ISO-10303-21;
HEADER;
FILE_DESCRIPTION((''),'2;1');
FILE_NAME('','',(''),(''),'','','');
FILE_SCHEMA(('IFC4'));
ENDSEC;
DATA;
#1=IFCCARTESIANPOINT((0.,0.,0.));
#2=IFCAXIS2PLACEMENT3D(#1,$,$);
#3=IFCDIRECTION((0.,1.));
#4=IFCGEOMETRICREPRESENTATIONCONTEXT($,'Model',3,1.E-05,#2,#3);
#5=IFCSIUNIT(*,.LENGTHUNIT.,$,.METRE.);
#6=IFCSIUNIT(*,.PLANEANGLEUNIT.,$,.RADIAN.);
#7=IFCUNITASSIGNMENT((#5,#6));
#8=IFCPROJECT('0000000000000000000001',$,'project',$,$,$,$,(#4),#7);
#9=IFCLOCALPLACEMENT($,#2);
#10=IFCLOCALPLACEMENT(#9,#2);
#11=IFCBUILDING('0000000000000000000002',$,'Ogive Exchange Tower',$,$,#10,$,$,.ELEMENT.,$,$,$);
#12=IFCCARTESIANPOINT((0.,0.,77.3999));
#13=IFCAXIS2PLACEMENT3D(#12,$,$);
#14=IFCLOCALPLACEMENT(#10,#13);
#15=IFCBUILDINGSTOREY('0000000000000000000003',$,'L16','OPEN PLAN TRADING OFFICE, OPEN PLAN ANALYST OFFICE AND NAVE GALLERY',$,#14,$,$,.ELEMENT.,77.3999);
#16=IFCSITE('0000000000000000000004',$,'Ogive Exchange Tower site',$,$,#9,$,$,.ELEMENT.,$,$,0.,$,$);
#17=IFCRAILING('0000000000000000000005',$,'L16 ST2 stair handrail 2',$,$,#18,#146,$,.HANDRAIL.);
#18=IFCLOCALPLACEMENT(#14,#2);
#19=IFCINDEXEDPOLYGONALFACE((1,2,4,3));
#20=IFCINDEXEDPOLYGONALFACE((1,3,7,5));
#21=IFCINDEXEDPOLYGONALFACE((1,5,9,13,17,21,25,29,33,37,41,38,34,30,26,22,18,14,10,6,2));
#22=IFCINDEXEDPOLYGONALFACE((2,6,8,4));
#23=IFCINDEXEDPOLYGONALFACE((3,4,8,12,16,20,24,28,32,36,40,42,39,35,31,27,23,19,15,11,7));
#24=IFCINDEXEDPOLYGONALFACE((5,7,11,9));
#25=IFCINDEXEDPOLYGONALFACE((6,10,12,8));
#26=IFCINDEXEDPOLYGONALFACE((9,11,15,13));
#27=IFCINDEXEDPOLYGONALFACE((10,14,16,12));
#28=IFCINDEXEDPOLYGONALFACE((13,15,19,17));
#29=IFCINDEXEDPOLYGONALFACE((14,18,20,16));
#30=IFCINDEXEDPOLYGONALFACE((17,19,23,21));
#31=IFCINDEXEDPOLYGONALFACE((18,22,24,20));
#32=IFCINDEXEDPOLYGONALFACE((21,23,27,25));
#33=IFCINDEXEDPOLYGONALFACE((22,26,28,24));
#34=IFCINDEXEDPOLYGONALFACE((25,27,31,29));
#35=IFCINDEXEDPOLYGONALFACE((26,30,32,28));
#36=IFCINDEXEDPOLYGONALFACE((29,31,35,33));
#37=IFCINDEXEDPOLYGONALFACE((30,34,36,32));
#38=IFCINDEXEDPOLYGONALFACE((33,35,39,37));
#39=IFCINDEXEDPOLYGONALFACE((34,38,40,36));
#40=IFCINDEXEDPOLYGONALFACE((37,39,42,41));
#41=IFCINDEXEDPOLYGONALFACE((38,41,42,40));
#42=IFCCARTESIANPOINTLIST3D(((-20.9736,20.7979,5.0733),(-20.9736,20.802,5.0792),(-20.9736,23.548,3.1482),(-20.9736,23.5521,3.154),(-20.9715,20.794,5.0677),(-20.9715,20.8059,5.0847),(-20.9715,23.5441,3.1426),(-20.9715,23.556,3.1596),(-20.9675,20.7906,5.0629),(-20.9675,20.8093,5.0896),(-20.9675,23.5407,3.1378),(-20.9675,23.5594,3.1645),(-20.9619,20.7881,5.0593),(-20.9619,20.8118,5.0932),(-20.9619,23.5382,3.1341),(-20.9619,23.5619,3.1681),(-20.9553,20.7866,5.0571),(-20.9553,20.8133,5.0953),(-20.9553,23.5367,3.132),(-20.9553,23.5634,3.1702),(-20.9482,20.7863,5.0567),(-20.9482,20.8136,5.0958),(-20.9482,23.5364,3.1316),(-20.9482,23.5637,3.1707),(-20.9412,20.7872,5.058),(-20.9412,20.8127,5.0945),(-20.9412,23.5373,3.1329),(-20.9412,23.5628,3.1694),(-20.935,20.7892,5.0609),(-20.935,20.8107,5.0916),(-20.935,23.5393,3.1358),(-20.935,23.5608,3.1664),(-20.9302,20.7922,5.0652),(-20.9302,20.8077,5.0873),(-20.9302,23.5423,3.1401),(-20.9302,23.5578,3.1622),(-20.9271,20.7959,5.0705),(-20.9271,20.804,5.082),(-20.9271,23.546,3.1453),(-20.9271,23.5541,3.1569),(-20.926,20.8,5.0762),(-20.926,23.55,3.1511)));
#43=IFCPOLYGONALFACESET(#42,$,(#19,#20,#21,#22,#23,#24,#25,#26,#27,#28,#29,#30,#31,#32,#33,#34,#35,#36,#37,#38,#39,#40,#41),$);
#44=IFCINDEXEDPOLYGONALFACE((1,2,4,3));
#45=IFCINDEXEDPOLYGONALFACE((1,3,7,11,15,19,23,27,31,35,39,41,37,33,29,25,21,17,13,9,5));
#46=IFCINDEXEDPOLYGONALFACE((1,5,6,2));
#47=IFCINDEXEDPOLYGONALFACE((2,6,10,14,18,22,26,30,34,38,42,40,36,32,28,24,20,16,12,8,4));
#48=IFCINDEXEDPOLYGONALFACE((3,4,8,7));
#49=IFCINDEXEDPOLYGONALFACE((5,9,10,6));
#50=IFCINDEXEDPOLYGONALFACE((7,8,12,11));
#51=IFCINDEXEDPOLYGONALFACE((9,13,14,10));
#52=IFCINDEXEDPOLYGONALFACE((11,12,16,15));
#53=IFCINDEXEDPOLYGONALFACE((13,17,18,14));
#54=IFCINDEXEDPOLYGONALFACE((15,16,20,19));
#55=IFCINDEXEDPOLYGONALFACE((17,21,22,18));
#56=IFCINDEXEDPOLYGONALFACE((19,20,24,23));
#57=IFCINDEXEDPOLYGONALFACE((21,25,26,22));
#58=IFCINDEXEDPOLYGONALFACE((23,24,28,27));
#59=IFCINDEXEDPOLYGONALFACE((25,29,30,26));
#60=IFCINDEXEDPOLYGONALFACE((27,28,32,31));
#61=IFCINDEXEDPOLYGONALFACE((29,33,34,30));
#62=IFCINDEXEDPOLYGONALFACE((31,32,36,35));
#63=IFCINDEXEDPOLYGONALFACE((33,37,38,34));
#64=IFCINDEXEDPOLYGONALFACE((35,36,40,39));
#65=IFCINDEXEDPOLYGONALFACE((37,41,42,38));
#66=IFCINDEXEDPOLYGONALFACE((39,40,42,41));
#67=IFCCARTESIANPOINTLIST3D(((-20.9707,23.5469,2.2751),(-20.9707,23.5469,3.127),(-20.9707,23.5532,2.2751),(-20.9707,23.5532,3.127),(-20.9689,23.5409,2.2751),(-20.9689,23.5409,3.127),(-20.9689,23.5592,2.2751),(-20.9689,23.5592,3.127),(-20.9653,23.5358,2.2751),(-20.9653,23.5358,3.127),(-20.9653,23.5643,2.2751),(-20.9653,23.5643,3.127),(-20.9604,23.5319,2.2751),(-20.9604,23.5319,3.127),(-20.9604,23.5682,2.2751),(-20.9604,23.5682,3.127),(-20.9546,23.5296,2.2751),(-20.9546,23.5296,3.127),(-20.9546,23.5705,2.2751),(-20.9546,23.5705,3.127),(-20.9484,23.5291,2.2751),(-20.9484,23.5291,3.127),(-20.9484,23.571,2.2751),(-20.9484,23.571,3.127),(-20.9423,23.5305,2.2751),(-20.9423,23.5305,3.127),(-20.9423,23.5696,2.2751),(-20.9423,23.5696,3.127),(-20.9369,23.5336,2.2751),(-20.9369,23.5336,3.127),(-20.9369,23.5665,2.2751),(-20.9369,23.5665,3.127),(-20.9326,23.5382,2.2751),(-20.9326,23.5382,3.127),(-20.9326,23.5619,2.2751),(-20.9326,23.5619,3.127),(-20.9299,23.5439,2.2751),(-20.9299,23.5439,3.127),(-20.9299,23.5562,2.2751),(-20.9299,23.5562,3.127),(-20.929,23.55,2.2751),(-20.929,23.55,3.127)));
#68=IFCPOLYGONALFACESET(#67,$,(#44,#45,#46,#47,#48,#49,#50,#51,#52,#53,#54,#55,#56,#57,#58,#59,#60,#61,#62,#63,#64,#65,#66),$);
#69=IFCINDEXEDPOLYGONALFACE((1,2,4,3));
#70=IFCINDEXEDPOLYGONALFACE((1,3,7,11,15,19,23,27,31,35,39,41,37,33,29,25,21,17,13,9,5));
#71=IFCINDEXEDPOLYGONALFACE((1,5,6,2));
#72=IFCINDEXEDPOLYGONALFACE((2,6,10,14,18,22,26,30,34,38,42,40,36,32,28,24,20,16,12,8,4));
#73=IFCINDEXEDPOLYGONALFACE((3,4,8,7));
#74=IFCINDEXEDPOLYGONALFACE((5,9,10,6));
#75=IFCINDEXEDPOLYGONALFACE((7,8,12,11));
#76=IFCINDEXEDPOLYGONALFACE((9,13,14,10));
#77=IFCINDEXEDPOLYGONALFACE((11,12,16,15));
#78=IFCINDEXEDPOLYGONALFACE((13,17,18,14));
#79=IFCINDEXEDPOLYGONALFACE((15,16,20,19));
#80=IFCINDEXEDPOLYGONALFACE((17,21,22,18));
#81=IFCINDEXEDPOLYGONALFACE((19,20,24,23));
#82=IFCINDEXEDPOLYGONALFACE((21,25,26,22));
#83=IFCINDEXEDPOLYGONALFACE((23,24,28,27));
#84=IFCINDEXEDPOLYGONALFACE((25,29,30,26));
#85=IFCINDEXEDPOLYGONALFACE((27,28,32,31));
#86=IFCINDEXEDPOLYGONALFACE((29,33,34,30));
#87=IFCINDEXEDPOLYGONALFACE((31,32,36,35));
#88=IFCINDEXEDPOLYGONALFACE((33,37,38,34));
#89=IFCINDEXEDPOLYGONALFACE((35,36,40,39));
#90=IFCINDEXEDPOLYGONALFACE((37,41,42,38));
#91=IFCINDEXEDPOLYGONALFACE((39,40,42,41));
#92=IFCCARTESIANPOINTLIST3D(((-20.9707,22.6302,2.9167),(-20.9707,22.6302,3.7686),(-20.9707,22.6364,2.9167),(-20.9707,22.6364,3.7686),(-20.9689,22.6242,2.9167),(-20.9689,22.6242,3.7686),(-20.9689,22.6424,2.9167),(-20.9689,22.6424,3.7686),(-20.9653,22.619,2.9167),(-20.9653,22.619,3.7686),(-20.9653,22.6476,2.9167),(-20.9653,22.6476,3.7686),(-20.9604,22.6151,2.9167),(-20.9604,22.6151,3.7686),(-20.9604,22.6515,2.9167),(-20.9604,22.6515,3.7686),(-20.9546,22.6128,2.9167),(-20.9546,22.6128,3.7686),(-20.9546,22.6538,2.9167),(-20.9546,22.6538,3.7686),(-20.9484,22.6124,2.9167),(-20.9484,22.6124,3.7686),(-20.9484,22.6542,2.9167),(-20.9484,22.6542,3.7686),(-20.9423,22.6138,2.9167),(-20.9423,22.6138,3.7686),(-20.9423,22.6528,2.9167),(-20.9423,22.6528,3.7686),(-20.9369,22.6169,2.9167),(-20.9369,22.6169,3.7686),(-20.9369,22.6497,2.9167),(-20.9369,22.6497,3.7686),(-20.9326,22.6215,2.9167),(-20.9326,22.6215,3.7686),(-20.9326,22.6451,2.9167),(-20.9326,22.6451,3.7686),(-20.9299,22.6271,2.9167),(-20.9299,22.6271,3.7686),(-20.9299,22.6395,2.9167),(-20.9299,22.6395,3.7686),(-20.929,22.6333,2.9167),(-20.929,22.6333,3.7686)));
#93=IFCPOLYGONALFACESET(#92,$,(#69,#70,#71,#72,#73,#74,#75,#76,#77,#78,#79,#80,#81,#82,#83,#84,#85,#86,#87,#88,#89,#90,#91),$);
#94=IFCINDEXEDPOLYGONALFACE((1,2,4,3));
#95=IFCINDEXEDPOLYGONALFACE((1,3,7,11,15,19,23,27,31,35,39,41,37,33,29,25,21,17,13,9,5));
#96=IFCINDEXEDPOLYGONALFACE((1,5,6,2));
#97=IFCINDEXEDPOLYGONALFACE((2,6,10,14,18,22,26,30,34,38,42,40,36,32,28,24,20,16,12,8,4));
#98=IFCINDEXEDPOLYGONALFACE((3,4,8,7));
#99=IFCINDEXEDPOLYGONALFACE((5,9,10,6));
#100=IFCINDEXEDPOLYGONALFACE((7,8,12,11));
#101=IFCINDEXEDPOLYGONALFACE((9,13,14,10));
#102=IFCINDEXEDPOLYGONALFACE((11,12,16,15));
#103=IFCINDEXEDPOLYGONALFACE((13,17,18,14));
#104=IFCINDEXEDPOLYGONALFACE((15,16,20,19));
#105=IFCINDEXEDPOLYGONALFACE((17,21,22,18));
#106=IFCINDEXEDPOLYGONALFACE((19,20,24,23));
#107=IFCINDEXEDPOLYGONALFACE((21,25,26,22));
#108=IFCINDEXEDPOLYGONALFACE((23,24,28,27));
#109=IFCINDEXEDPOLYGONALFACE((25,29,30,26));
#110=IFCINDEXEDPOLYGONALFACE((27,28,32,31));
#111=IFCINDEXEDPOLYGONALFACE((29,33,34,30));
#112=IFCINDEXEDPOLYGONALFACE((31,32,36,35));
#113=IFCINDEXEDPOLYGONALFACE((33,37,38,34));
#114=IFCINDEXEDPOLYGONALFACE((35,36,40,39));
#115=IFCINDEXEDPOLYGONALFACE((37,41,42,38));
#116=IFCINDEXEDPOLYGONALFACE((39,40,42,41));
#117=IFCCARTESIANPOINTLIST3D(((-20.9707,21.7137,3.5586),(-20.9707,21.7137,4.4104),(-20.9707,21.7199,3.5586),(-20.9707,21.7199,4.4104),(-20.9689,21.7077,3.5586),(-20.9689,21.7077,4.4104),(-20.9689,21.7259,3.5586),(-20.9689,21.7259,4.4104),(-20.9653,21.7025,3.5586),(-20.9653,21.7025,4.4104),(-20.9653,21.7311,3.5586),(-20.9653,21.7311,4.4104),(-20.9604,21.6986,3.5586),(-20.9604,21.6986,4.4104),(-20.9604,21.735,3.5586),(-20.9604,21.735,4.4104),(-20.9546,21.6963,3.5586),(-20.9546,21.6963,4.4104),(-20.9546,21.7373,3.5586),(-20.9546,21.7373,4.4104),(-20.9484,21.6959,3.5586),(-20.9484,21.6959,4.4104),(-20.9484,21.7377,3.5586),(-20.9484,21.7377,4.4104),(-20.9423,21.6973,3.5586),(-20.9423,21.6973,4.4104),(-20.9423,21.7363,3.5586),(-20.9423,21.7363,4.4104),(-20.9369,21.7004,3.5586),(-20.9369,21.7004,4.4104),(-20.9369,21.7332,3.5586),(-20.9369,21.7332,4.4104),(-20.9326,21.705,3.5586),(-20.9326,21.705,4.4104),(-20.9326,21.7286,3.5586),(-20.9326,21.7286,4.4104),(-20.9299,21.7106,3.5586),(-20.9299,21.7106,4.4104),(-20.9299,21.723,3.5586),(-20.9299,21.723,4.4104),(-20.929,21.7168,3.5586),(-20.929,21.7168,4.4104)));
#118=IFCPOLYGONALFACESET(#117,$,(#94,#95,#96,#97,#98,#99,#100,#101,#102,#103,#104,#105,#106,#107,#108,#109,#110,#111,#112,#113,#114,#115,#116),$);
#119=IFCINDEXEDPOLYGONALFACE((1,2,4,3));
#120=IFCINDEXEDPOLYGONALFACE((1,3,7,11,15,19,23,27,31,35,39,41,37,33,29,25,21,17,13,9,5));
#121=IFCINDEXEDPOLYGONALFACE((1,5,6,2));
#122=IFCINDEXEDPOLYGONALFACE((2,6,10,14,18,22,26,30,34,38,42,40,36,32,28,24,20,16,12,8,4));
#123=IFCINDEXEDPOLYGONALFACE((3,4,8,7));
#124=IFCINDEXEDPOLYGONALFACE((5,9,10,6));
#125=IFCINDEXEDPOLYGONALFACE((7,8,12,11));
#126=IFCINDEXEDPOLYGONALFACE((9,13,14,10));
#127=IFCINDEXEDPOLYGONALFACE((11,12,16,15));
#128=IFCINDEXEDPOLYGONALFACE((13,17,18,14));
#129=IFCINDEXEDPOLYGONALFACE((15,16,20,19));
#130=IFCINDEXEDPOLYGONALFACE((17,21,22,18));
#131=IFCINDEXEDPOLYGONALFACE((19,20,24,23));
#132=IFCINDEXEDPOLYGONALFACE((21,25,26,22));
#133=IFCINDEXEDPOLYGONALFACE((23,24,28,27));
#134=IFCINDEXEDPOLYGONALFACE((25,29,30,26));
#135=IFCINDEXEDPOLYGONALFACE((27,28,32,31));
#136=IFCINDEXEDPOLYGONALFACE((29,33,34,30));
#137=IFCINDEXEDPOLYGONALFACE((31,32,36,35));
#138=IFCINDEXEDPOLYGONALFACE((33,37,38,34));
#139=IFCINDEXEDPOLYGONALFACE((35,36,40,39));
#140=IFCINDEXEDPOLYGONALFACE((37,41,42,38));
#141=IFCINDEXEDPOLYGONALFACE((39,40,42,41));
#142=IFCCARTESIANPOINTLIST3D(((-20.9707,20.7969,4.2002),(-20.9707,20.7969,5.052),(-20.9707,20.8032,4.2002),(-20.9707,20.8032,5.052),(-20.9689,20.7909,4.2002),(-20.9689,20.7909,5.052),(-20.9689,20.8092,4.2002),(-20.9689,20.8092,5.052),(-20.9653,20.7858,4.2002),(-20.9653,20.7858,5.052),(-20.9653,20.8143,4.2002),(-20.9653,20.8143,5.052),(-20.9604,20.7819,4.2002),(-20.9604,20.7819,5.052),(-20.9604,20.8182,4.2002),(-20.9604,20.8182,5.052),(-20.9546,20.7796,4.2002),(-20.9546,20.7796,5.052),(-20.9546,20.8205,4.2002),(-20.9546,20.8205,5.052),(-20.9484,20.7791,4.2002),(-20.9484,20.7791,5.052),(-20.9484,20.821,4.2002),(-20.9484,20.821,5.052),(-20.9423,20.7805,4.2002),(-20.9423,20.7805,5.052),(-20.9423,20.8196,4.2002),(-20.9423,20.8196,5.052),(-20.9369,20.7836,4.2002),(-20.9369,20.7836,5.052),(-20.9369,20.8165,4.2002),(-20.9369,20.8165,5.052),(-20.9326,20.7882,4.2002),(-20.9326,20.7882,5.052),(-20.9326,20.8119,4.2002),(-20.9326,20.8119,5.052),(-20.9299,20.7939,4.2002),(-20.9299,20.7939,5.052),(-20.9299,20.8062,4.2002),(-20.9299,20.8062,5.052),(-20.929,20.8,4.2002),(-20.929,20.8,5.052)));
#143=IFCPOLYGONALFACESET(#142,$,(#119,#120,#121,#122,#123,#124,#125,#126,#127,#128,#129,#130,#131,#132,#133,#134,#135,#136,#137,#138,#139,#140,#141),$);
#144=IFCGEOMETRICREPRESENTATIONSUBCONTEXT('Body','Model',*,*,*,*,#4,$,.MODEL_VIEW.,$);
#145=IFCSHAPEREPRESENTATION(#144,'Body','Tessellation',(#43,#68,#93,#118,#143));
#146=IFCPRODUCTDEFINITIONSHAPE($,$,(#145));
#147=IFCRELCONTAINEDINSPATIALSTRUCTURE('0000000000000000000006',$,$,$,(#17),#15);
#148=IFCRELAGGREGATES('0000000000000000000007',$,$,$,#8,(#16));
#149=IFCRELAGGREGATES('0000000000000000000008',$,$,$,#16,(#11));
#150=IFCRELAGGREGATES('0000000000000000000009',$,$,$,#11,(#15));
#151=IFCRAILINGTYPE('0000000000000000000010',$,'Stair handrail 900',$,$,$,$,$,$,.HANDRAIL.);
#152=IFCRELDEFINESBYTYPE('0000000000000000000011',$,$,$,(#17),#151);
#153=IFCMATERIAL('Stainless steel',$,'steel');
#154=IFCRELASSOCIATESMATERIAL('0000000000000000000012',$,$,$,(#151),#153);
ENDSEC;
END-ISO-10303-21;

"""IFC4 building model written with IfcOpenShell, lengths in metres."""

from ifc_helpers import new_model, si_unit, direction, frame, origin, origin_2d, place, context, subcontext, project, spatial, circle, extrude, material, type_object, element, save


model = new_model("IFC4")

# Units and contexts
model_context = context("Model", 3, precision=1e-05, world=origin(), true_north=direction((0.0, 1.0)))
body_context = subcontext(model_context, "Body", "Model", "MODEL_VIEW")
ifc_project = project(units=[si_unit("LENGTHUNIT", "METRE"), si_unit("PLANEANGLEUNIT", "RADIAN")], contexts=[model_context])

# Site, building, storey
site_placement = place(None, origin())
site = spatial("IfcSite", under=ifc_project, at=site_placement, Name="Ogive Exchange Tower site", CompositionType="ELEMENT", RefElevation=0.0)
building_placement = place(site_placement, origin())
building = spatial("IfcBuilding", under=site, at=building_placement, Name="Ogive Exchange Tower", CompositionType="ELEMENT")
storey_placement = place(building_placement, frame((0.0, 0.0, 77.3999)))
storey = spatial("IfcBuildingStorey", under=building, at=storey_placement, Name="L16", Description="OPEN PLAN TRADING OFFICE, OPEN PLAN ANALYST OFFICE AND NAVE GALLERY", CompositionType="ELEMENT", Elevation=77.3999)

# Railing
ifc_material_1 = material(Name="Stainless steel", Category="steel")
railing_type = type_object("IfcRailingType", Name="Stair handrail 900", PredefinedType="HANDRAIL", material=ifc_material_1)
railing_1_placement = place(storey_placement, frame((-20.95, 23.55, 2.2751)))
element("IfcRailing", 1, at=railing_1_placement, inside=storey, type_object=railing_type, Name="L16 ST2 stair handrail 2", PredefinedType="HANDRAIL", context=body_context, shape_type="SweptSolid", body=[
    extrude(circle(Radius=0.0239, at=origin_2d()), frame((0.0, 0.0, 0.876), z_axis=(0.0, -0.819225, 0.573472), x_axis=(1.0, 0.0, 0.0)), (0.0, 0.0, 1.0), 3.3569),
    extrude(circle(Radius=0.021, at=origin_2d()), origin(), (0.0, 0.0, 1.0), 0.8518),
    extrude(circle(Radius=0.021, at=origin_2d()), frame((0.0, -0.9167, 0.6416)), (0.0, 0.0, 1.0), 0.8518),
    extrude(circle(Radius=0.021, at=origin_2d()), frame((0.0, -1.8333, 1.2834)), (0.0, 0.0, 1.0), 0.8518),
    extrude(circle(Radius=0.021, at=origin_2d()), frame((0.0, -2.75, 1.925)), (0.0, 0.0, 1.0), 0.8518),
])

save(model, "model.ifc")
